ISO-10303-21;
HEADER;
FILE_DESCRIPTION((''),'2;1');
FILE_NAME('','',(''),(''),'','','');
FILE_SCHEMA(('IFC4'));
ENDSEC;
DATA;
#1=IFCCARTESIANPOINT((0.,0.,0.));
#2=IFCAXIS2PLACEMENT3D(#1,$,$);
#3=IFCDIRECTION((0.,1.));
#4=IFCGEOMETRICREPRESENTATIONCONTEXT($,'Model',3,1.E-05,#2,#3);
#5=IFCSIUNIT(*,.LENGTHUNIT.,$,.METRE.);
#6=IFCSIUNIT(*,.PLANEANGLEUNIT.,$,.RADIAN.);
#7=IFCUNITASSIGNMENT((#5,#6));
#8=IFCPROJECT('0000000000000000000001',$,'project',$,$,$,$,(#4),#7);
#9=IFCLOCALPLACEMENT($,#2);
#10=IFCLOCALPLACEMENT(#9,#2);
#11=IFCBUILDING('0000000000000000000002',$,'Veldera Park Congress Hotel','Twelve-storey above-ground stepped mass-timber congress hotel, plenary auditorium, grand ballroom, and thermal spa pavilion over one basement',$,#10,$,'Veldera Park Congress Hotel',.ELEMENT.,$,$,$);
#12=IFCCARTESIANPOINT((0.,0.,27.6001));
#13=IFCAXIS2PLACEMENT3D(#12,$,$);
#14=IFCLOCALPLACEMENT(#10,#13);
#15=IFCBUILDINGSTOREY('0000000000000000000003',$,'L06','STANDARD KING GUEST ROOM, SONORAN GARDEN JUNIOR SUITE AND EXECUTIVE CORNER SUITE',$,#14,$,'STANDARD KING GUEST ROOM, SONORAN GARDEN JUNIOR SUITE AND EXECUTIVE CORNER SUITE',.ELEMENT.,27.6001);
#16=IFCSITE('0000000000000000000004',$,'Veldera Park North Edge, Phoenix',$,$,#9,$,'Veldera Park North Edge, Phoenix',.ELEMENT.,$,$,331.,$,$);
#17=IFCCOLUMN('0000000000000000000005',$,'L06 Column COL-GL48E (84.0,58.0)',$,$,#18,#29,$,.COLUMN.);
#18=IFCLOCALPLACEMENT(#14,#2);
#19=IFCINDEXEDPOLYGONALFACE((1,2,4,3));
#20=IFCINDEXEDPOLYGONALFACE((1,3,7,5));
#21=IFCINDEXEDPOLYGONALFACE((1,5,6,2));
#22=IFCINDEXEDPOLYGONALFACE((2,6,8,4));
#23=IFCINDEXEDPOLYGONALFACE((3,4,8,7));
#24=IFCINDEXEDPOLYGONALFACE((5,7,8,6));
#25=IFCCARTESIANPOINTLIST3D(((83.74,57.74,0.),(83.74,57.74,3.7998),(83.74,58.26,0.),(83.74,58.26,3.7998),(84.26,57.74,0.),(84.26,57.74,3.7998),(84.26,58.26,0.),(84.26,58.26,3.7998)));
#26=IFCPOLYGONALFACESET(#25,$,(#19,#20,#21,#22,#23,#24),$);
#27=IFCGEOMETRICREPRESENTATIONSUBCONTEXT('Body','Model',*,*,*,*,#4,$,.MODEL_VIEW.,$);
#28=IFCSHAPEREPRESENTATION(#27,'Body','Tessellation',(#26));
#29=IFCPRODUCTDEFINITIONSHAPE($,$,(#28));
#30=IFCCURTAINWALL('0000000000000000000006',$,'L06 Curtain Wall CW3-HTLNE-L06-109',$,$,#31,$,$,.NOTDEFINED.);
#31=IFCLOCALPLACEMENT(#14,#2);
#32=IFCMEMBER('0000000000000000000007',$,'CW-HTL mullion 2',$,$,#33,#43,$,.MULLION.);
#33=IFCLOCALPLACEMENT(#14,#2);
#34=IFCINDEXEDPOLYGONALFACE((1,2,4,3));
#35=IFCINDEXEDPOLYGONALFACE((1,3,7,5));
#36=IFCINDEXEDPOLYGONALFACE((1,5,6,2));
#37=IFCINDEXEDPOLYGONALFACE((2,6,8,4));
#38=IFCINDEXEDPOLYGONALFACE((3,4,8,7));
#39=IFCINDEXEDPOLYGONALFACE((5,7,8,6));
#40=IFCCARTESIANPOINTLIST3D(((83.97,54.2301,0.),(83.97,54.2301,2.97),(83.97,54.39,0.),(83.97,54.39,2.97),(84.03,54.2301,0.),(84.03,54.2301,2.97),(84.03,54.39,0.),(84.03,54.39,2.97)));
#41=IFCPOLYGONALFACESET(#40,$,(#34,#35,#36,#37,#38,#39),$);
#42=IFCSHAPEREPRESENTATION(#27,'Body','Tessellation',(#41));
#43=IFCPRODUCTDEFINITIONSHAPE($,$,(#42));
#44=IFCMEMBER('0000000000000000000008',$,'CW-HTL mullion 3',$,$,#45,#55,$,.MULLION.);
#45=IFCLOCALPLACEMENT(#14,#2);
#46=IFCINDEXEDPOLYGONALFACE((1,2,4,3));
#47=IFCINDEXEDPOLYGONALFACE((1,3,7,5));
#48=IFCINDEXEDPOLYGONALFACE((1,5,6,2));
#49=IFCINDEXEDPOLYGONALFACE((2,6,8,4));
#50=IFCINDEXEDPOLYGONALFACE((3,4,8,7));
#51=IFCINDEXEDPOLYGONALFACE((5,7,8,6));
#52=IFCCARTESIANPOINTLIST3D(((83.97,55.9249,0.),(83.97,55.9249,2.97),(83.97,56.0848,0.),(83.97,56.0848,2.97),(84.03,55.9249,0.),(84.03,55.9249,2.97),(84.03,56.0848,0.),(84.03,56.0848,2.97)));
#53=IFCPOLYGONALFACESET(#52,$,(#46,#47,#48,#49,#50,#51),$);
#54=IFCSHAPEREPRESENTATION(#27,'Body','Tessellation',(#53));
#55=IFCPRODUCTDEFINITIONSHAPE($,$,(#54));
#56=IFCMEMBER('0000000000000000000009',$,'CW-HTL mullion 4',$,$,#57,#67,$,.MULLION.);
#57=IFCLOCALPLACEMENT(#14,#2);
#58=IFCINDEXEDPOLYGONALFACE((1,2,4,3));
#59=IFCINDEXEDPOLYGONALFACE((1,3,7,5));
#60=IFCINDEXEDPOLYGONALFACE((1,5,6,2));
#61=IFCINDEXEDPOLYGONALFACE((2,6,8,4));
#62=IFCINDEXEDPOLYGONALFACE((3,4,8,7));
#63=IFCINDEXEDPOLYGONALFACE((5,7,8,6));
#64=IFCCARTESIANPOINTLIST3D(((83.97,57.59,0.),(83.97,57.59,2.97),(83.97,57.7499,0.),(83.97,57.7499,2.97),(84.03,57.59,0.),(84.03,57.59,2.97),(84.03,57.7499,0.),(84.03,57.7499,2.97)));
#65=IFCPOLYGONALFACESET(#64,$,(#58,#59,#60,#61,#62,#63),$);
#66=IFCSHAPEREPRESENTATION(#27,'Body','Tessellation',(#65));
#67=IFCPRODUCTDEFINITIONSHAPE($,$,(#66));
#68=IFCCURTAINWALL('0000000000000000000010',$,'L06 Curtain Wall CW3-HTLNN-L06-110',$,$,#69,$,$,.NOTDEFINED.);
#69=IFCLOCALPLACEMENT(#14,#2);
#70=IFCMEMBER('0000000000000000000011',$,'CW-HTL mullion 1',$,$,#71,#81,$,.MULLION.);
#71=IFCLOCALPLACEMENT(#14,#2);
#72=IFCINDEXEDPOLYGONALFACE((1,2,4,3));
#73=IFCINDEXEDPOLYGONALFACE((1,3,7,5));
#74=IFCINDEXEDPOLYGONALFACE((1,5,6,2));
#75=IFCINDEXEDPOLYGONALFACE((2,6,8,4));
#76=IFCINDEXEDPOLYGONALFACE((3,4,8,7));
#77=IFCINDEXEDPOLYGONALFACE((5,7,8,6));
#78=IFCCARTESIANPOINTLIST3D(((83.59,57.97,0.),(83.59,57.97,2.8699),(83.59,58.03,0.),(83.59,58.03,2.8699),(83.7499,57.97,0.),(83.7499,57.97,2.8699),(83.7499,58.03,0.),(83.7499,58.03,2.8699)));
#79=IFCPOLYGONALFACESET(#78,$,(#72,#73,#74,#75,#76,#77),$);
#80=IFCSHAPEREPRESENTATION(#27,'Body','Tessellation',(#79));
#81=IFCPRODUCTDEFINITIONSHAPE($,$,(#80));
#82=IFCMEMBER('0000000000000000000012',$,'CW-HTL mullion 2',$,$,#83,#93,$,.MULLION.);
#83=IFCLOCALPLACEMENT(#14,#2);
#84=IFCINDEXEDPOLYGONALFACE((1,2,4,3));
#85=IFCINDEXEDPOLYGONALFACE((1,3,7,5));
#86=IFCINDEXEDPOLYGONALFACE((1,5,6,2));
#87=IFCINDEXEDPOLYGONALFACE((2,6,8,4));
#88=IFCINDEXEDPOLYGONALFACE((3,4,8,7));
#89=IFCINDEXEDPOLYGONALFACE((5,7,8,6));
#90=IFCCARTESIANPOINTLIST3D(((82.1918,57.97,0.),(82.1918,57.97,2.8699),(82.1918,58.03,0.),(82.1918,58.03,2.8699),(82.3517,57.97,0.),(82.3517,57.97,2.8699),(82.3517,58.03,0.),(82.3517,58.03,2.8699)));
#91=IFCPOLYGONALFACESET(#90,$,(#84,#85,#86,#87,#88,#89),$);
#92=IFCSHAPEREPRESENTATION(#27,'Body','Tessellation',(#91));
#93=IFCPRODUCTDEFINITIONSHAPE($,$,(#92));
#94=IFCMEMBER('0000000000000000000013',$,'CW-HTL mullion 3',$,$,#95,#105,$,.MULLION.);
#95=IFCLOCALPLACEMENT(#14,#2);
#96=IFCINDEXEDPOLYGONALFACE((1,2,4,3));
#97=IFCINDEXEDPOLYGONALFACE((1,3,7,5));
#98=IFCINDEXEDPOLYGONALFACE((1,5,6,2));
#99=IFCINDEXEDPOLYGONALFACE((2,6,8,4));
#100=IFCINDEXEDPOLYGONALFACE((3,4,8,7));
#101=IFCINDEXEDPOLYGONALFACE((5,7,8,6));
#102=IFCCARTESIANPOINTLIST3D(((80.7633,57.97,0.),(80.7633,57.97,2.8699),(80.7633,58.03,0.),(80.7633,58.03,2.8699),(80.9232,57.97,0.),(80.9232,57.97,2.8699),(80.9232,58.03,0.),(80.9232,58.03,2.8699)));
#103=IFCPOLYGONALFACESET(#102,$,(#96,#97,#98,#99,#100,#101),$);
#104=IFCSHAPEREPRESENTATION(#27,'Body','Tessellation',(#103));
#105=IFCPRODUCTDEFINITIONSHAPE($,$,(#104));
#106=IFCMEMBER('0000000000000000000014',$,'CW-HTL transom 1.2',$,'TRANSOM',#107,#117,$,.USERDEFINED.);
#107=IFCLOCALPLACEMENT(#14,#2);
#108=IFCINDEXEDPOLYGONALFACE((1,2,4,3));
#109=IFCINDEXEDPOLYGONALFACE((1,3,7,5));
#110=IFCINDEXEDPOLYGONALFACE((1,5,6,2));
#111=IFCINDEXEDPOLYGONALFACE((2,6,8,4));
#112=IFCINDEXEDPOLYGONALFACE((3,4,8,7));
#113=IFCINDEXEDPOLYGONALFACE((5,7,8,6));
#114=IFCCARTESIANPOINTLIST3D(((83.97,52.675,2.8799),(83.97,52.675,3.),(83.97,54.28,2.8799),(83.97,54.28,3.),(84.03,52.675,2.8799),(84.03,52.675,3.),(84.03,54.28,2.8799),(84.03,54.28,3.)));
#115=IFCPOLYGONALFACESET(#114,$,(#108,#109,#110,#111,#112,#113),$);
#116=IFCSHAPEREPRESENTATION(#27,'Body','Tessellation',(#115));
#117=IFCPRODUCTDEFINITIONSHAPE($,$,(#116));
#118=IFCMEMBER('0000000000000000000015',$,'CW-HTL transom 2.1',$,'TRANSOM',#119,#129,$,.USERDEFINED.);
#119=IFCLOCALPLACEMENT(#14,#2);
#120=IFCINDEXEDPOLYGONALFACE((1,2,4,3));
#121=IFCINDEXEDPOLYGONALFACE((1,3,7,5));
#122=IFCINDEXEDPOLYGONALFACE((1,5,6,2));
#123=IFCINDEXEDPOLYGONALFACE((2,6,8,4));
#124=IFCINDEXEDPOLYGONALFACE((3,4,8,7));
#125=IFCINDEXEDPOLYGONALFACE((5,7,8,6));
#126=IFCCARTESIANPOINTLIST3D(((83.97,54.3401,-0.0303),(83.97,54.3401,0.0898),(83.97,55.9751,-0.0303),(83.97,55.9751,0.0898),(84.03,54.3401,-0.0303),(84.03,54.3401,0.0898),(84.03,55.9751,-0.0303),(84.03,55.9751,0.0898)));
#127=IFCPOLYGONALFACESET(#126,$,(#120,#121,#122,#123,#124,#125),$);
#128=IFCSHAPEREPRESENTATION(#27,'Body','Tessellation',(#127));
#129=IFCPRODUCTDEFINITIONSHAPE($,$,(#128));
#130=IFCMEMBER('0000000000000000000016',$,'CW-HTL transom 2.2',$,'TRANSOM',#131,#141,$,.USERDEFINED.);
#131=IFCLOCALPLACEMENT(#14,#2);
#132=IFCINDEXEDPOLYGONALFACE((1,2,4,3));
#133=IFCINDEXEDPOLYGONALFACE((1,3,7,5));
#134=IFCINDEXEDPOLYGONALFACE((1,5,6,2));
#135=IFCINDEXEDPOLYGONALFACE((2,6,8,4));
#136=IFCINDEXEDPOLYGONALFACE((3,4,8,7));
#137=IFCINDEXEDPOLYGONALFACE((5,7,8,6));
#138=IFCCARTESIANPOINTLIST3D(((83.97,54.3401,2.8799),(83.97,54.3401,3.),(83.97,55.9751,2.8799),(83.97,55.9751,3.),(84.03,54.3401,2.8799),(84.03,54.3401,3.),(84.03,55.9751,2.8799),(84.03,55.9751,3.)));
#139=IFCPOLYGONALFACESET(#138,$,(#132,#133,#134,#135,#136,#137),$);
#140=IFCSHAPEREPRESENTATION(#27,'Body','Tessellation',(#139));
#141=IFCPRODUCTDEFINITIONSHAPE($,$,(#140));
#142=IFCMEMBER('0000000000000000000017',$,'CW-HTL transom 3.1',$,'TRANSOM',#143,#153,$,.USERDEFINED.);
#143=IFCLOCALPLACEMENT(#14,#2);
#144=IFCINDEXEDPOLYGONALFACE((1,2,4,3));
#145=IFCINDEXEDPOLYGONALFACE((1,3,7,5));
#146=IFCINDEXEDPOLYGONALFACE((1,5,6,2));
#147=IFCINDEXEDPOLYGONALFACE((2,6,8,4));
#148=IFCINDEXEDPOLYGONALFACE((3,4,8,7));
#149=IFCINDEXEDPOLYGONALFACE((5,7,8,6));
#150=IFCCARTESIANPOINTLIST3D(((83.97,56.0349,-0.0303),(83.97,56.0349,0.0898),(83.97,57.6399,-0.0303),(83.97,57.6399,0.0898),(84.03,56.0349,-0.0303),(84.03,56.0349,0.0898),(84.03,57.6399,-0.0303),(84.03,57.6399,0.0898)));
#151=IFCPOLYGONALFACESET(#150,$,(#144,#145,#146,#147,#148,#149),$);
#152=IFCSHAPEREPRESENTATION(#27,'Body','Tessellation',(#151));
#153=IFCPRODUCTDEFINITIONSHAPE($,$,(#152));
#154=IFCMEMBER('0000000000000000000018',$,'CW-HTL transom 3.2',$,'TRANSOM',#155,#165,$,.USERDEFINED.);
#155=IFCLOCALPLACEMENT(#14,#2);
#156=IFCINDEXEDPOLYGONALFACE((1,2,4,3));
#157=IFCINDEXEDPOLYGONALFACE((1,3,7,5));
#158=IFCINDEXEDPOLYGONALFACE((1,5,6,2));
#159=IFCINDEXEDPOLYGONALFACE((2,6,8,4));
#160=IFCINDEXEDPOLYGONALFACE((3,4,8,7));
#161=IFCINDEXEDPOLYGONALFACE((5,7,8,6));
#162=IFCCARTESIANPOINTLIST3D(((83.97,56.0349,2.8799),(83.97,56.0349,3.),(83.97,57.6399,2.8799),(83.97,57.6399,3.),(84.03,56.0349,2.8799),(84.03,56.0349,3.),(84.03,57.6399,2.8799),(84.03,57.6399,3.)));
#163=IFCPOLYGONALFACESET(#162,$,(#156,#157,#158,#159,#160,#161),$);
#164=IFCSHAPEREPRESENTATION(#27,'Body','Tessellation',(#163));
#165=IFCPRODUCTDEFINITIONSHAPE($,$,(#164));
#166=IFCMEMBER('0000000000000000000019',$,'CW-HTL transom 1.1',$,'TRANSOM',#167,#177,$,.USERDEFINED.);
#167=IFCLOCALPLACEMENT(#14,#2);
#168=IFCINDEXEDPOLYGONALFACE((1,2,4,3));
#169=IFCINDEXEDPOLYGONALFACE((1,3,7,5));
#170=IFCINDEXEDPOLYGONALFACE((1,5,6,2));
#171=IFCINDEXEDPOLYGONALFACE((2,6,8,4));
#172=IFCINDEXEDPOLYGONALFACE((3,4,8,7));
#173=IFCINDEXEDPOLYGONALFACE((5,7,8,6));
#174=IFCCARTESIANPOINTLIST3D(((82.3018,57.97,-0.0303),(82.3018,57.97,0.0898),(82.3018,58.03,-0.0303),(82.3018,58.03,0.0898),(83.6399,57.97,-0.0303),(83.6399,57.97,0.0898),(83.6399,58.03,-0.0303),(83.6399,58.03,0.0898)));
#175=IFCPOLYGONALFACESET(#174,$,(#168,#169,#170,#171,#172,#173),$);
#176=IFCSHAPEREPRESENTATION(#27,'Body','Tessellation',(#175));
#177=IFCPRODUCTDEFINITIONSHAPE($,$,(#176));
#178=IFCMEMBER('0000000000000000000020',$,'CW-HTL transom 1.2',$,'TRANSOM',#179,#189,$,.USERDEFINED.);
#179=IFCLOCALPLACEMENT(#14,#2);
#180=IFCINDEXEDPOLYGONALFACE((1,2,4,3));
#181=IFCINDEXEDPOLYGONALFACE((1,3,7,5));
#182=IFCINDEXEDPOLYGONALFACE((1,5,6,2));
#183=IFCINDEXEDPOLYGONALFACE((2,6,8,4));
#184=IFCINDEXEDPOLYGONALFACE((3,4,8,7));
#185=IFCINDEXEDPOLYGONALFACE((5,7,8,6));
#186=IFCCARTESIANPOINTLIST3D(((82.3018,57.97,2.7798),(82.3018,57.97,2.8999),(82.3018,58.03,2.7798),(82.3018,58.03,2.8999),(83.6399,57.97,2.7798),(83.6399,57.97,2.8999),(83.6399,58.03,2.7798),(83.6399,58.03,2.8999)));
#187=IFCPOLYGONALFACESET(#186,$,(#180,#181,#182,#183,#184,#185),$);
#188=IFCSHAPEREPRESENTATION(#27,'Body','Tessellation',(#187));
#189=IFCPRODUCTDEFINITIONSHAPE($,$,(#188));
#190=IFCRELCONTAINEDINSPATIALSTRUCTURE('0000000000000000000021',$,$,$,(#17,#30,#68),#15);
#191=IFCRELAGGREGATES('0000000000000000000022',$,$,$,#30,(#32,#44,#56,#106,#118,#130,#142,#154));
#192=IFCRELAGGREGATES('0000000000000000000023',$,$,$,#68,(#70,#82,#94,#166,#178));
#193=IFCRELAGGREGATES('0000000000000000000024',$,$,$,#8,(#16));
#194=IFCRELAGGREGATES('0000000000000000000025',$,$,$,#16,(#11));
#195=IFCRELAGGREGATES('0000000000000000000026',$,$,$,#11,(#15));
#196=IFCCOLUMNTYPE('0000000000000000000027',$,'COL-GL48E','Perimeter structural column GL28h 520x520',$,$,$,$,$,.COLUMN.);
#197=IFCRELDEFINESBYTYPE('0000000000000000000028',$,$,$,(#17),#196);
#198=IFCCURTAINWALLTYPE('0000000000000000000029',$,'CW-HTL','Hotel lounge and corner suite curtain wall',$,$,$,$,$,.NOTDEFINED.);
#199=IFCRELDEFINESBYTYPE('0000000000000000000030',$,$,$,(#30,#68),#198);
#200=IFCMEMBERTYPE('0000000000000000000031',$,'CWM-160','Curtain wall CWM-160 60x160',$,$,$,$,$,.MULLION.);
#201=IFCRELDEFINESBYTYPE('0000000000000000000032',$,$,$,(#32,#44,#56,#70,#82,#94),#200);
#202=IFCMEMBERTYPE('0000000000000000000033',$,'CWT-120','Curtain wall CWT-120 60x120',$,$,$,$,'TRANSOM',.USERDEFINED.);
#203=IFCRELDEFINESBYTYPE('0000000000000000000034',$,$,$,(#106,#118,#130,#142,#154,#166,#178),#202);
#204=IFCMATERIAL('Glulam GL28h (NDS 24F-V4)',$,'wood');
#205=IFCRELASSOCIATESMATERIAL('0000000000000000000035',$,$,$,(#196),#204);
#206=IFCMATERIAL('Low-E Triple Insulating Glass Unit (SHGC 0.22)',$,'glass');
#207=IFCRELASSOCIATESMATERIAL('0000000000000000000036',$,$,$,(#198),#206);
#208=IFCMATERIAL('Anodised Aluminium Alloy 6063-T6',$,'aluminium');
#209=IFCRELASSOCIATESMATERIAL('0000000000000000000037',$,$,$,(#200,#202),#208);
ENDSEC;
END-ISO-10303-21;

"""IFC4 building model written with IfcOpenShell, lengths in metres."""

from ifc_helpers import new_model, si_unit, direction, frame, origin, origin_2d, place, context, subcontext, project, spatial, rectangle, extrude, material, material_profile, profile_set, type_object, element, aggregate, save


model = new_model("IFC4")

# Units and contexts
model_context = context("Model", 3, precision=1e-05, world=origin(), true_north=direction((0.0, 1.0)))
body_context = subcontext(model_context, "Body", "Model", "MODEL_VIEW")
ifc_project = project(units=[si_unit("LENGTHUNIT", "METRE"), si_unit("PLANEANGLEUNIT", "RADIAN")], contexts=[model_context])

# Site, building, storey
site_placement = place(None, origin())
site = spatial("IfcSite", under=ifc_project, at=site_placement, Name="Veldera Park North Edge, Phoenix", LongName="Veldera Park North Edge, Phoenix", CompositionType="ELEMENT", RefElevation=331.0)
building_placement = place(site_placement, origin())
building = spatial("IfcBuilding", under=site, at=building_placement, Name="Veldera Park Congress Hotel", Description="Twelve-storey above-ground stepped mass-timber congress hotel, plenary auditorium, grand ballroom, and thermal spa pavilion over one basement", LongName="Veldera Park Congress Hotel", CompositionType="ELEMENT")
storey_placement = place(building_placement, frame((0.0, 0.0, 27.6001)))
storey = spatial("IfcBuildingStorey", under=building, at=storey_placement, Name="L06", Description="STANDARD KING GUEST ROOM, SONORAN GARDEN JUNIOR SUITE AND EXECUTIVE CORNER SUITE", LongName="STANDARD KING GUEST ROOM, SONORAN GARDEN JUNIOR SUITE AND EXECUTIVE CORNER SUITE", CompositionType="ELEMENT", Elevation=27.6001)

# Column
ifc_material_1 = material(Name="Glulam GL28h (NDS 24F-V4)", Category="wood")
ifc_material_profile_1 = material_profile(ifc_material_1, rectangle(XDim=0.52, YDim=0.52, at=origin_2d()), Name="GL28h 520x520")
ifc_profile_set_1 = profile_set([ifc_material_profile_1], Name="Glulam GL28h (NDS 24F-V4)")
column_type = type_object("IfcColumnType", Name="COL-GL48E", Description="Perimeter structural column GL28h 520x520", PredefinedType="COLUMN", material=ifc_profile_set_1)
column_placement = place(storey_placement, frame((84.0, 58.0, 0.0), z_axis=(0.0, 0.0, 1.0), x_axis=(1.0, 0.0, 0.0)))
element("IfcColumn", 1, at=column_placement, inside=storey, type_object=column_type, Name="L06 Column COL-GL48E (84.0,58.0)", PredefinedType="COLUMN", context=body_context, shape_type="SweptSolid", body=[
    extrude(rectangle(XDim=0.52, YDim=0.52, at=origin_2d()), origin(), (0.0, 0.0, 1.0), 3.7998),
])

# Curtain walls, members
ifc_material_2 = material(Name="Low-E Triple Insulating Glass Unit (SHGC 0.22)", Category="glass")
curtain_wall_type = type_object("IfcCurtainWallType", Name="CW-HTL", Description="Hotel lounge and corner suite curtain wall", PredefinedType="NOTDEFINED", material=ifc_material_2)
curtain_wall_1_placement = place(storey_placement, origin())
curtain_wall_1 = element("IfcCurtainWall", 2, at=curtain_wall_1_placement, inside=storey, type_object=curtain_wall_type, Name="L06 Curtain Wall CW3-HTLNE-L06-109", PredefinedType="NOTDEFINED")
ifc_material_3 = material(Name="Anodised Aluminium Alloy 6063-T6", Category="aluminium")
ifc_material_profile_2 = material_profile(ifc_material_3, rectangle(XDim=0.0601, YDim=0.1599, at=origin_2d()), Name="ALU 60x160")
ifc_profile_set_2 = profile_set([ifc_material_profile_2], Name="Anodised Aluminium Alloy 6063-T6")
member_type_1 = type_object("IfcMemberType", Name="CWM-160", Description="Curtain wall CWM-160 60x160", PredefinedType="MULLION", material=ifc_profile_set_2)
member_1_placement = place(storey_placement, frame((84.0, 54.3101, 0.0), z_axis=(0.0, 0.0, 1.0), x_axis=(-1.0, 0.0, 0.0)))
member_1 = element("IfcMember", 3, at=member_1_placement, type_object=member_type_1, Name="CW-HTL mullion 2", PredefinedType="MULLION", context=body_context, shape_type="SweptSolid", body=[
    extrude(rectangle(XDim=0.0601, YDim=0.1599, at=origin_2d()), origin(), (0.0, 0.0, 1.0), 2.97),
])
member_2_placement = place(storey_placement, frame((84.0, 56.0049, 0.0), z_axis=(0.0, 0.0, 1.0), x_axis=(-1.0, 0.0, 0.0)))
member_2 = element("IfcMember", 4, at=member_2_placement, type_object=member_type_1, Name="CW-HTL mullion 3", PredefinedType="MULLION", context=body_context, shape_type="SweptSolid", body=[
    extrude(rectangle(XDim=0.0601, YDim=0.1599, at=origin_2d()), origin(), (0.0, 0.0, 1.0), 2.97),
])
member_3_placement = place(storey_placement, frame((84.0, 57.6699, 0.0), z_axis=(0.0, 0.0, 1.0), x_axis=(-1.0, 0.0, 0.0)))
member_3 = element("IfcMember", 5, at=member_3_placement, type_object=member_type_1, Name="CW-HTL mullion 4", PredefinedType="MULLION", context=body_context, shape_type="SweptSolid", body=[
    extrude(rectangle(XDim=0.0601, YDim=0.1599, at=origin_2d()), origin(), (0.0, 0.0, 1.0), 2.97),
])
curtain_wall_2_placement = place(storey_placement, origin())
curtain_wall_2 = element("IfcCurtainWall", 6, at=curtain_wall_2_placement, inside=storey, type_object=curtain_wall_type, Name="L06 Curtain Wall CW3-HTLNN-L06-110", PredefinedType="NOTDEFINED")
member_4_placement = place(storey_placement, frame((83.6699, 58.0, 0.0), z_axis=(0.0, 0.0, 1.0), x_axis=(0.0, -1.0, 0.0)))
member_4 = element("IfcMember", 7, at=member_4_placement, type_object=member_type_1, Name="CW-HTL mullion 1", PredefinedType="MULLION", context=body_context, shape_type="SweptSolid", body=[
    extrude(rectangle(XDim=0.0601, YDim=0.1599, at=origin_2d()), origin(), (0.0, 0.0, 1.0), 2.8699),
])
member_5_placement = place(storey_placement, frame((82.2717, 58.0, 0.0), z_axis=(0.0, 0.0, 1.0), x_axis=(0.0, -1.0, 0.0)))
member_5 = element("IfcMember", 8, at=member_5_placement, type_object=member_type_1, Name="CW-HTL mullion 2", PredefinedType="MULLION", context=body_context, shape_type="SweptSolid", body=[
    extrude(rectangle(XDim=0.0601, YDim=0.1599, at=origin_2d()), origin(), (0.0, 0.0, 1.0), 2.8699),
])
member_6_placement = place(storey_placement, frame((80.8433, 58.0, 0.0), z_axis=(0.0, 0.0, 1.0), x_axis=(0.0, -1.0, 0.0)))
member_6 = element("IfcMember", 9, at=member_6_placement, type_object=member_type_1, Name="CW-HTL mullion 3", PredefinedType="MULLION", context=body_context, shape_type="SweptSolid", body=[
    extrude(rectangle(XDim=0.0601, YDim=0.1599, at=origin_2d()), origin(), (0.0, 0.0, 1.0), 2.8699),
])

# Members
ifc_material_profile_3 = material_profile(ifc_material_3, rectangle(XDim=0.0601, YDim=0.1201, at=origin_2d()), Name="ALU 60x120")
ifc_profile_set_3 = profile_set([ifc_material_profile_3], Name="Anodised Aluminium Alloy 6063-T6")
member_type_2 = type_object("IfcMemberType", Name="CWT-120", Description="Curtain wall CWT-120 60x120", ElementType="TRANSOM", PredefinedType="USERDEFINED", material=ifc_profile_set_3)
member_7_placement = place(storey_placement, frame((84.0, 52.675, 2.9399), z_axis=(0.0, 1.0, 0.0), x_axis=(-1.0, 0.0, 0.0)))
member_7 = element("IfcMember", 10, at=member_7_placement, type_object=member_type_2, Name="CW-HTL transom 1.2", ObjectType="TRANSOM", PredefinedType="USERDEFINED", context=body_context, shape_type="SweptSolid", body=[
    extrude(rectangle(XDim=0.0601, YDim=0.1201, at=origin_2d()), origin(), (0.0, 0.0, 1.0), 1.605),
])
member_8_placement = place(storey_placement, frame((84.0, 54.3401, 0.0298), z_axis=(0.0, 1.0, 0.0), x_axis=(-1.0, 0.0, 0.0)))
member_8 = element("IfcMember", 11, at=member_8_placement, type_object=member_type_2, Name="CW-HTL transom 2.1", ObjectType="TRANSOM", PredefinedType="USERDEFINED", context=body_context, shape_type="SweptSolid", body=[
    extrude(rectangle(XDim=0.0601, YDim=0.1201, at=origin_2d()), origin(), (0.0, 0.0, 1.0), 1.635),
])
member_9_placement = place(storey_placement, frame((84.0, 54.3401, 2.9399), z_axis=(0.0, 1.0, 0.0), x_axis=(-1.0, 0.0, 0.0)))
member_9 = element("IfcMember", 12, at=member_9_placement, type_object=member_type_2, Name="CW-HTL transom 2.2", ObjectType="TRANSOM", PredefinedType="USERDEFINED", context=body_context, shape_type="SweptSolid", body=[
    extrude(rectangle(XDim=0.0601, YDim=0.1201, at=origin_2d()), origin(), (0.0, 0.0, 1.0), 1.635),
])
member_10_placement = place(storey_placement, frame((84.0, 56.0349, 0.0298), z_axis=(0.0, 1.0, 0.0), x_axis=(-1.0, 0.0, 0.0)))
member_10 = element("IfcMember", 13, at=member_10_placement, type_object=member_type_2, Name="CW-HTL transom 3.1", ObjectType="TRANSOM", PredefinedType="USERDEFINED", context=body_context, shape_type="SweptSolid", body=[
    extrude(rectangle(XDim=0.0601, YDim=0.1201, at=origin_2d()), origin(), (0.0, 0.0, 1.0), 1.605),
])
member_11_placement = place(storey_placement, frame((84.0, 56.0349, 2.9399), z_axis=(0.0, 1.0, 0.0), x_axis=(-1.0, 0.0, 0.0)))
member_11 = element("IfcMember", 14, at=member_11_placement, type_object=member_type_2, Name="CW-HTL transom 3.2", ObjectType="TRANSOM", PredefinedType="USERDEFINED", context=body_context, shape_type="SweptSolid", body=[
    extrude(rectangle(XDim=0.0601, YDim=0.1201, at=origin_2d()), origin(), (0.0, 0.0, 1.0), 1.605),
])
member_12_placement = place(storey_placement, frame((83.6399, 58.0, 0.0298), z_axis=(-1.0, 0.0, 0.0), x_axis=(0.0, -1.0, 0.0)))
member_12 = element("IfcMember", 15, at=member_12_placement, type_object=member_type_2, Name="CW-HTL transom 1.1", ObjectType="TRANSOM", PredefinedType="USERDEFINED", context=body_context, shape_type="SweptSolid", body=[
    extrude(rectangle(XDim=0.0601, YDim=0.1201, at=origin_2d()), origin(), (0.0, 0.0, 1.0), 1.3381),
])
member_13_placement = place(storey_placement, frame((83.6399, 58.0, 2.8398), z_axis=(-1.0, 0.0, 0.0), x_axis=(0.0, -1.0, 0.0)))
member_13 = element("IfcMember", 16, at=member_13_placement, type_object=member_type_2, Name="CW-HTL transom 1.2", ObjectType="TRANSOM", PredefinedType="USERDEFINED", context=body_context, shape_type="SweptSolid", body=[
    extrude(rectangle(XDim=0.0601, YDim=0.1201, at=origin_2d()), origin(), (0.0, 0.0, 1.0), 1.3381),
])

aggregate(curtain_wall_1, [member_1, member_2, member_3, member_7, member_8, member_9, member_10, member_11])
aggregate(curtain_wall_2, [member_4, member_5, member_6, member_12, member_13])

save(model, "model.ifc")
